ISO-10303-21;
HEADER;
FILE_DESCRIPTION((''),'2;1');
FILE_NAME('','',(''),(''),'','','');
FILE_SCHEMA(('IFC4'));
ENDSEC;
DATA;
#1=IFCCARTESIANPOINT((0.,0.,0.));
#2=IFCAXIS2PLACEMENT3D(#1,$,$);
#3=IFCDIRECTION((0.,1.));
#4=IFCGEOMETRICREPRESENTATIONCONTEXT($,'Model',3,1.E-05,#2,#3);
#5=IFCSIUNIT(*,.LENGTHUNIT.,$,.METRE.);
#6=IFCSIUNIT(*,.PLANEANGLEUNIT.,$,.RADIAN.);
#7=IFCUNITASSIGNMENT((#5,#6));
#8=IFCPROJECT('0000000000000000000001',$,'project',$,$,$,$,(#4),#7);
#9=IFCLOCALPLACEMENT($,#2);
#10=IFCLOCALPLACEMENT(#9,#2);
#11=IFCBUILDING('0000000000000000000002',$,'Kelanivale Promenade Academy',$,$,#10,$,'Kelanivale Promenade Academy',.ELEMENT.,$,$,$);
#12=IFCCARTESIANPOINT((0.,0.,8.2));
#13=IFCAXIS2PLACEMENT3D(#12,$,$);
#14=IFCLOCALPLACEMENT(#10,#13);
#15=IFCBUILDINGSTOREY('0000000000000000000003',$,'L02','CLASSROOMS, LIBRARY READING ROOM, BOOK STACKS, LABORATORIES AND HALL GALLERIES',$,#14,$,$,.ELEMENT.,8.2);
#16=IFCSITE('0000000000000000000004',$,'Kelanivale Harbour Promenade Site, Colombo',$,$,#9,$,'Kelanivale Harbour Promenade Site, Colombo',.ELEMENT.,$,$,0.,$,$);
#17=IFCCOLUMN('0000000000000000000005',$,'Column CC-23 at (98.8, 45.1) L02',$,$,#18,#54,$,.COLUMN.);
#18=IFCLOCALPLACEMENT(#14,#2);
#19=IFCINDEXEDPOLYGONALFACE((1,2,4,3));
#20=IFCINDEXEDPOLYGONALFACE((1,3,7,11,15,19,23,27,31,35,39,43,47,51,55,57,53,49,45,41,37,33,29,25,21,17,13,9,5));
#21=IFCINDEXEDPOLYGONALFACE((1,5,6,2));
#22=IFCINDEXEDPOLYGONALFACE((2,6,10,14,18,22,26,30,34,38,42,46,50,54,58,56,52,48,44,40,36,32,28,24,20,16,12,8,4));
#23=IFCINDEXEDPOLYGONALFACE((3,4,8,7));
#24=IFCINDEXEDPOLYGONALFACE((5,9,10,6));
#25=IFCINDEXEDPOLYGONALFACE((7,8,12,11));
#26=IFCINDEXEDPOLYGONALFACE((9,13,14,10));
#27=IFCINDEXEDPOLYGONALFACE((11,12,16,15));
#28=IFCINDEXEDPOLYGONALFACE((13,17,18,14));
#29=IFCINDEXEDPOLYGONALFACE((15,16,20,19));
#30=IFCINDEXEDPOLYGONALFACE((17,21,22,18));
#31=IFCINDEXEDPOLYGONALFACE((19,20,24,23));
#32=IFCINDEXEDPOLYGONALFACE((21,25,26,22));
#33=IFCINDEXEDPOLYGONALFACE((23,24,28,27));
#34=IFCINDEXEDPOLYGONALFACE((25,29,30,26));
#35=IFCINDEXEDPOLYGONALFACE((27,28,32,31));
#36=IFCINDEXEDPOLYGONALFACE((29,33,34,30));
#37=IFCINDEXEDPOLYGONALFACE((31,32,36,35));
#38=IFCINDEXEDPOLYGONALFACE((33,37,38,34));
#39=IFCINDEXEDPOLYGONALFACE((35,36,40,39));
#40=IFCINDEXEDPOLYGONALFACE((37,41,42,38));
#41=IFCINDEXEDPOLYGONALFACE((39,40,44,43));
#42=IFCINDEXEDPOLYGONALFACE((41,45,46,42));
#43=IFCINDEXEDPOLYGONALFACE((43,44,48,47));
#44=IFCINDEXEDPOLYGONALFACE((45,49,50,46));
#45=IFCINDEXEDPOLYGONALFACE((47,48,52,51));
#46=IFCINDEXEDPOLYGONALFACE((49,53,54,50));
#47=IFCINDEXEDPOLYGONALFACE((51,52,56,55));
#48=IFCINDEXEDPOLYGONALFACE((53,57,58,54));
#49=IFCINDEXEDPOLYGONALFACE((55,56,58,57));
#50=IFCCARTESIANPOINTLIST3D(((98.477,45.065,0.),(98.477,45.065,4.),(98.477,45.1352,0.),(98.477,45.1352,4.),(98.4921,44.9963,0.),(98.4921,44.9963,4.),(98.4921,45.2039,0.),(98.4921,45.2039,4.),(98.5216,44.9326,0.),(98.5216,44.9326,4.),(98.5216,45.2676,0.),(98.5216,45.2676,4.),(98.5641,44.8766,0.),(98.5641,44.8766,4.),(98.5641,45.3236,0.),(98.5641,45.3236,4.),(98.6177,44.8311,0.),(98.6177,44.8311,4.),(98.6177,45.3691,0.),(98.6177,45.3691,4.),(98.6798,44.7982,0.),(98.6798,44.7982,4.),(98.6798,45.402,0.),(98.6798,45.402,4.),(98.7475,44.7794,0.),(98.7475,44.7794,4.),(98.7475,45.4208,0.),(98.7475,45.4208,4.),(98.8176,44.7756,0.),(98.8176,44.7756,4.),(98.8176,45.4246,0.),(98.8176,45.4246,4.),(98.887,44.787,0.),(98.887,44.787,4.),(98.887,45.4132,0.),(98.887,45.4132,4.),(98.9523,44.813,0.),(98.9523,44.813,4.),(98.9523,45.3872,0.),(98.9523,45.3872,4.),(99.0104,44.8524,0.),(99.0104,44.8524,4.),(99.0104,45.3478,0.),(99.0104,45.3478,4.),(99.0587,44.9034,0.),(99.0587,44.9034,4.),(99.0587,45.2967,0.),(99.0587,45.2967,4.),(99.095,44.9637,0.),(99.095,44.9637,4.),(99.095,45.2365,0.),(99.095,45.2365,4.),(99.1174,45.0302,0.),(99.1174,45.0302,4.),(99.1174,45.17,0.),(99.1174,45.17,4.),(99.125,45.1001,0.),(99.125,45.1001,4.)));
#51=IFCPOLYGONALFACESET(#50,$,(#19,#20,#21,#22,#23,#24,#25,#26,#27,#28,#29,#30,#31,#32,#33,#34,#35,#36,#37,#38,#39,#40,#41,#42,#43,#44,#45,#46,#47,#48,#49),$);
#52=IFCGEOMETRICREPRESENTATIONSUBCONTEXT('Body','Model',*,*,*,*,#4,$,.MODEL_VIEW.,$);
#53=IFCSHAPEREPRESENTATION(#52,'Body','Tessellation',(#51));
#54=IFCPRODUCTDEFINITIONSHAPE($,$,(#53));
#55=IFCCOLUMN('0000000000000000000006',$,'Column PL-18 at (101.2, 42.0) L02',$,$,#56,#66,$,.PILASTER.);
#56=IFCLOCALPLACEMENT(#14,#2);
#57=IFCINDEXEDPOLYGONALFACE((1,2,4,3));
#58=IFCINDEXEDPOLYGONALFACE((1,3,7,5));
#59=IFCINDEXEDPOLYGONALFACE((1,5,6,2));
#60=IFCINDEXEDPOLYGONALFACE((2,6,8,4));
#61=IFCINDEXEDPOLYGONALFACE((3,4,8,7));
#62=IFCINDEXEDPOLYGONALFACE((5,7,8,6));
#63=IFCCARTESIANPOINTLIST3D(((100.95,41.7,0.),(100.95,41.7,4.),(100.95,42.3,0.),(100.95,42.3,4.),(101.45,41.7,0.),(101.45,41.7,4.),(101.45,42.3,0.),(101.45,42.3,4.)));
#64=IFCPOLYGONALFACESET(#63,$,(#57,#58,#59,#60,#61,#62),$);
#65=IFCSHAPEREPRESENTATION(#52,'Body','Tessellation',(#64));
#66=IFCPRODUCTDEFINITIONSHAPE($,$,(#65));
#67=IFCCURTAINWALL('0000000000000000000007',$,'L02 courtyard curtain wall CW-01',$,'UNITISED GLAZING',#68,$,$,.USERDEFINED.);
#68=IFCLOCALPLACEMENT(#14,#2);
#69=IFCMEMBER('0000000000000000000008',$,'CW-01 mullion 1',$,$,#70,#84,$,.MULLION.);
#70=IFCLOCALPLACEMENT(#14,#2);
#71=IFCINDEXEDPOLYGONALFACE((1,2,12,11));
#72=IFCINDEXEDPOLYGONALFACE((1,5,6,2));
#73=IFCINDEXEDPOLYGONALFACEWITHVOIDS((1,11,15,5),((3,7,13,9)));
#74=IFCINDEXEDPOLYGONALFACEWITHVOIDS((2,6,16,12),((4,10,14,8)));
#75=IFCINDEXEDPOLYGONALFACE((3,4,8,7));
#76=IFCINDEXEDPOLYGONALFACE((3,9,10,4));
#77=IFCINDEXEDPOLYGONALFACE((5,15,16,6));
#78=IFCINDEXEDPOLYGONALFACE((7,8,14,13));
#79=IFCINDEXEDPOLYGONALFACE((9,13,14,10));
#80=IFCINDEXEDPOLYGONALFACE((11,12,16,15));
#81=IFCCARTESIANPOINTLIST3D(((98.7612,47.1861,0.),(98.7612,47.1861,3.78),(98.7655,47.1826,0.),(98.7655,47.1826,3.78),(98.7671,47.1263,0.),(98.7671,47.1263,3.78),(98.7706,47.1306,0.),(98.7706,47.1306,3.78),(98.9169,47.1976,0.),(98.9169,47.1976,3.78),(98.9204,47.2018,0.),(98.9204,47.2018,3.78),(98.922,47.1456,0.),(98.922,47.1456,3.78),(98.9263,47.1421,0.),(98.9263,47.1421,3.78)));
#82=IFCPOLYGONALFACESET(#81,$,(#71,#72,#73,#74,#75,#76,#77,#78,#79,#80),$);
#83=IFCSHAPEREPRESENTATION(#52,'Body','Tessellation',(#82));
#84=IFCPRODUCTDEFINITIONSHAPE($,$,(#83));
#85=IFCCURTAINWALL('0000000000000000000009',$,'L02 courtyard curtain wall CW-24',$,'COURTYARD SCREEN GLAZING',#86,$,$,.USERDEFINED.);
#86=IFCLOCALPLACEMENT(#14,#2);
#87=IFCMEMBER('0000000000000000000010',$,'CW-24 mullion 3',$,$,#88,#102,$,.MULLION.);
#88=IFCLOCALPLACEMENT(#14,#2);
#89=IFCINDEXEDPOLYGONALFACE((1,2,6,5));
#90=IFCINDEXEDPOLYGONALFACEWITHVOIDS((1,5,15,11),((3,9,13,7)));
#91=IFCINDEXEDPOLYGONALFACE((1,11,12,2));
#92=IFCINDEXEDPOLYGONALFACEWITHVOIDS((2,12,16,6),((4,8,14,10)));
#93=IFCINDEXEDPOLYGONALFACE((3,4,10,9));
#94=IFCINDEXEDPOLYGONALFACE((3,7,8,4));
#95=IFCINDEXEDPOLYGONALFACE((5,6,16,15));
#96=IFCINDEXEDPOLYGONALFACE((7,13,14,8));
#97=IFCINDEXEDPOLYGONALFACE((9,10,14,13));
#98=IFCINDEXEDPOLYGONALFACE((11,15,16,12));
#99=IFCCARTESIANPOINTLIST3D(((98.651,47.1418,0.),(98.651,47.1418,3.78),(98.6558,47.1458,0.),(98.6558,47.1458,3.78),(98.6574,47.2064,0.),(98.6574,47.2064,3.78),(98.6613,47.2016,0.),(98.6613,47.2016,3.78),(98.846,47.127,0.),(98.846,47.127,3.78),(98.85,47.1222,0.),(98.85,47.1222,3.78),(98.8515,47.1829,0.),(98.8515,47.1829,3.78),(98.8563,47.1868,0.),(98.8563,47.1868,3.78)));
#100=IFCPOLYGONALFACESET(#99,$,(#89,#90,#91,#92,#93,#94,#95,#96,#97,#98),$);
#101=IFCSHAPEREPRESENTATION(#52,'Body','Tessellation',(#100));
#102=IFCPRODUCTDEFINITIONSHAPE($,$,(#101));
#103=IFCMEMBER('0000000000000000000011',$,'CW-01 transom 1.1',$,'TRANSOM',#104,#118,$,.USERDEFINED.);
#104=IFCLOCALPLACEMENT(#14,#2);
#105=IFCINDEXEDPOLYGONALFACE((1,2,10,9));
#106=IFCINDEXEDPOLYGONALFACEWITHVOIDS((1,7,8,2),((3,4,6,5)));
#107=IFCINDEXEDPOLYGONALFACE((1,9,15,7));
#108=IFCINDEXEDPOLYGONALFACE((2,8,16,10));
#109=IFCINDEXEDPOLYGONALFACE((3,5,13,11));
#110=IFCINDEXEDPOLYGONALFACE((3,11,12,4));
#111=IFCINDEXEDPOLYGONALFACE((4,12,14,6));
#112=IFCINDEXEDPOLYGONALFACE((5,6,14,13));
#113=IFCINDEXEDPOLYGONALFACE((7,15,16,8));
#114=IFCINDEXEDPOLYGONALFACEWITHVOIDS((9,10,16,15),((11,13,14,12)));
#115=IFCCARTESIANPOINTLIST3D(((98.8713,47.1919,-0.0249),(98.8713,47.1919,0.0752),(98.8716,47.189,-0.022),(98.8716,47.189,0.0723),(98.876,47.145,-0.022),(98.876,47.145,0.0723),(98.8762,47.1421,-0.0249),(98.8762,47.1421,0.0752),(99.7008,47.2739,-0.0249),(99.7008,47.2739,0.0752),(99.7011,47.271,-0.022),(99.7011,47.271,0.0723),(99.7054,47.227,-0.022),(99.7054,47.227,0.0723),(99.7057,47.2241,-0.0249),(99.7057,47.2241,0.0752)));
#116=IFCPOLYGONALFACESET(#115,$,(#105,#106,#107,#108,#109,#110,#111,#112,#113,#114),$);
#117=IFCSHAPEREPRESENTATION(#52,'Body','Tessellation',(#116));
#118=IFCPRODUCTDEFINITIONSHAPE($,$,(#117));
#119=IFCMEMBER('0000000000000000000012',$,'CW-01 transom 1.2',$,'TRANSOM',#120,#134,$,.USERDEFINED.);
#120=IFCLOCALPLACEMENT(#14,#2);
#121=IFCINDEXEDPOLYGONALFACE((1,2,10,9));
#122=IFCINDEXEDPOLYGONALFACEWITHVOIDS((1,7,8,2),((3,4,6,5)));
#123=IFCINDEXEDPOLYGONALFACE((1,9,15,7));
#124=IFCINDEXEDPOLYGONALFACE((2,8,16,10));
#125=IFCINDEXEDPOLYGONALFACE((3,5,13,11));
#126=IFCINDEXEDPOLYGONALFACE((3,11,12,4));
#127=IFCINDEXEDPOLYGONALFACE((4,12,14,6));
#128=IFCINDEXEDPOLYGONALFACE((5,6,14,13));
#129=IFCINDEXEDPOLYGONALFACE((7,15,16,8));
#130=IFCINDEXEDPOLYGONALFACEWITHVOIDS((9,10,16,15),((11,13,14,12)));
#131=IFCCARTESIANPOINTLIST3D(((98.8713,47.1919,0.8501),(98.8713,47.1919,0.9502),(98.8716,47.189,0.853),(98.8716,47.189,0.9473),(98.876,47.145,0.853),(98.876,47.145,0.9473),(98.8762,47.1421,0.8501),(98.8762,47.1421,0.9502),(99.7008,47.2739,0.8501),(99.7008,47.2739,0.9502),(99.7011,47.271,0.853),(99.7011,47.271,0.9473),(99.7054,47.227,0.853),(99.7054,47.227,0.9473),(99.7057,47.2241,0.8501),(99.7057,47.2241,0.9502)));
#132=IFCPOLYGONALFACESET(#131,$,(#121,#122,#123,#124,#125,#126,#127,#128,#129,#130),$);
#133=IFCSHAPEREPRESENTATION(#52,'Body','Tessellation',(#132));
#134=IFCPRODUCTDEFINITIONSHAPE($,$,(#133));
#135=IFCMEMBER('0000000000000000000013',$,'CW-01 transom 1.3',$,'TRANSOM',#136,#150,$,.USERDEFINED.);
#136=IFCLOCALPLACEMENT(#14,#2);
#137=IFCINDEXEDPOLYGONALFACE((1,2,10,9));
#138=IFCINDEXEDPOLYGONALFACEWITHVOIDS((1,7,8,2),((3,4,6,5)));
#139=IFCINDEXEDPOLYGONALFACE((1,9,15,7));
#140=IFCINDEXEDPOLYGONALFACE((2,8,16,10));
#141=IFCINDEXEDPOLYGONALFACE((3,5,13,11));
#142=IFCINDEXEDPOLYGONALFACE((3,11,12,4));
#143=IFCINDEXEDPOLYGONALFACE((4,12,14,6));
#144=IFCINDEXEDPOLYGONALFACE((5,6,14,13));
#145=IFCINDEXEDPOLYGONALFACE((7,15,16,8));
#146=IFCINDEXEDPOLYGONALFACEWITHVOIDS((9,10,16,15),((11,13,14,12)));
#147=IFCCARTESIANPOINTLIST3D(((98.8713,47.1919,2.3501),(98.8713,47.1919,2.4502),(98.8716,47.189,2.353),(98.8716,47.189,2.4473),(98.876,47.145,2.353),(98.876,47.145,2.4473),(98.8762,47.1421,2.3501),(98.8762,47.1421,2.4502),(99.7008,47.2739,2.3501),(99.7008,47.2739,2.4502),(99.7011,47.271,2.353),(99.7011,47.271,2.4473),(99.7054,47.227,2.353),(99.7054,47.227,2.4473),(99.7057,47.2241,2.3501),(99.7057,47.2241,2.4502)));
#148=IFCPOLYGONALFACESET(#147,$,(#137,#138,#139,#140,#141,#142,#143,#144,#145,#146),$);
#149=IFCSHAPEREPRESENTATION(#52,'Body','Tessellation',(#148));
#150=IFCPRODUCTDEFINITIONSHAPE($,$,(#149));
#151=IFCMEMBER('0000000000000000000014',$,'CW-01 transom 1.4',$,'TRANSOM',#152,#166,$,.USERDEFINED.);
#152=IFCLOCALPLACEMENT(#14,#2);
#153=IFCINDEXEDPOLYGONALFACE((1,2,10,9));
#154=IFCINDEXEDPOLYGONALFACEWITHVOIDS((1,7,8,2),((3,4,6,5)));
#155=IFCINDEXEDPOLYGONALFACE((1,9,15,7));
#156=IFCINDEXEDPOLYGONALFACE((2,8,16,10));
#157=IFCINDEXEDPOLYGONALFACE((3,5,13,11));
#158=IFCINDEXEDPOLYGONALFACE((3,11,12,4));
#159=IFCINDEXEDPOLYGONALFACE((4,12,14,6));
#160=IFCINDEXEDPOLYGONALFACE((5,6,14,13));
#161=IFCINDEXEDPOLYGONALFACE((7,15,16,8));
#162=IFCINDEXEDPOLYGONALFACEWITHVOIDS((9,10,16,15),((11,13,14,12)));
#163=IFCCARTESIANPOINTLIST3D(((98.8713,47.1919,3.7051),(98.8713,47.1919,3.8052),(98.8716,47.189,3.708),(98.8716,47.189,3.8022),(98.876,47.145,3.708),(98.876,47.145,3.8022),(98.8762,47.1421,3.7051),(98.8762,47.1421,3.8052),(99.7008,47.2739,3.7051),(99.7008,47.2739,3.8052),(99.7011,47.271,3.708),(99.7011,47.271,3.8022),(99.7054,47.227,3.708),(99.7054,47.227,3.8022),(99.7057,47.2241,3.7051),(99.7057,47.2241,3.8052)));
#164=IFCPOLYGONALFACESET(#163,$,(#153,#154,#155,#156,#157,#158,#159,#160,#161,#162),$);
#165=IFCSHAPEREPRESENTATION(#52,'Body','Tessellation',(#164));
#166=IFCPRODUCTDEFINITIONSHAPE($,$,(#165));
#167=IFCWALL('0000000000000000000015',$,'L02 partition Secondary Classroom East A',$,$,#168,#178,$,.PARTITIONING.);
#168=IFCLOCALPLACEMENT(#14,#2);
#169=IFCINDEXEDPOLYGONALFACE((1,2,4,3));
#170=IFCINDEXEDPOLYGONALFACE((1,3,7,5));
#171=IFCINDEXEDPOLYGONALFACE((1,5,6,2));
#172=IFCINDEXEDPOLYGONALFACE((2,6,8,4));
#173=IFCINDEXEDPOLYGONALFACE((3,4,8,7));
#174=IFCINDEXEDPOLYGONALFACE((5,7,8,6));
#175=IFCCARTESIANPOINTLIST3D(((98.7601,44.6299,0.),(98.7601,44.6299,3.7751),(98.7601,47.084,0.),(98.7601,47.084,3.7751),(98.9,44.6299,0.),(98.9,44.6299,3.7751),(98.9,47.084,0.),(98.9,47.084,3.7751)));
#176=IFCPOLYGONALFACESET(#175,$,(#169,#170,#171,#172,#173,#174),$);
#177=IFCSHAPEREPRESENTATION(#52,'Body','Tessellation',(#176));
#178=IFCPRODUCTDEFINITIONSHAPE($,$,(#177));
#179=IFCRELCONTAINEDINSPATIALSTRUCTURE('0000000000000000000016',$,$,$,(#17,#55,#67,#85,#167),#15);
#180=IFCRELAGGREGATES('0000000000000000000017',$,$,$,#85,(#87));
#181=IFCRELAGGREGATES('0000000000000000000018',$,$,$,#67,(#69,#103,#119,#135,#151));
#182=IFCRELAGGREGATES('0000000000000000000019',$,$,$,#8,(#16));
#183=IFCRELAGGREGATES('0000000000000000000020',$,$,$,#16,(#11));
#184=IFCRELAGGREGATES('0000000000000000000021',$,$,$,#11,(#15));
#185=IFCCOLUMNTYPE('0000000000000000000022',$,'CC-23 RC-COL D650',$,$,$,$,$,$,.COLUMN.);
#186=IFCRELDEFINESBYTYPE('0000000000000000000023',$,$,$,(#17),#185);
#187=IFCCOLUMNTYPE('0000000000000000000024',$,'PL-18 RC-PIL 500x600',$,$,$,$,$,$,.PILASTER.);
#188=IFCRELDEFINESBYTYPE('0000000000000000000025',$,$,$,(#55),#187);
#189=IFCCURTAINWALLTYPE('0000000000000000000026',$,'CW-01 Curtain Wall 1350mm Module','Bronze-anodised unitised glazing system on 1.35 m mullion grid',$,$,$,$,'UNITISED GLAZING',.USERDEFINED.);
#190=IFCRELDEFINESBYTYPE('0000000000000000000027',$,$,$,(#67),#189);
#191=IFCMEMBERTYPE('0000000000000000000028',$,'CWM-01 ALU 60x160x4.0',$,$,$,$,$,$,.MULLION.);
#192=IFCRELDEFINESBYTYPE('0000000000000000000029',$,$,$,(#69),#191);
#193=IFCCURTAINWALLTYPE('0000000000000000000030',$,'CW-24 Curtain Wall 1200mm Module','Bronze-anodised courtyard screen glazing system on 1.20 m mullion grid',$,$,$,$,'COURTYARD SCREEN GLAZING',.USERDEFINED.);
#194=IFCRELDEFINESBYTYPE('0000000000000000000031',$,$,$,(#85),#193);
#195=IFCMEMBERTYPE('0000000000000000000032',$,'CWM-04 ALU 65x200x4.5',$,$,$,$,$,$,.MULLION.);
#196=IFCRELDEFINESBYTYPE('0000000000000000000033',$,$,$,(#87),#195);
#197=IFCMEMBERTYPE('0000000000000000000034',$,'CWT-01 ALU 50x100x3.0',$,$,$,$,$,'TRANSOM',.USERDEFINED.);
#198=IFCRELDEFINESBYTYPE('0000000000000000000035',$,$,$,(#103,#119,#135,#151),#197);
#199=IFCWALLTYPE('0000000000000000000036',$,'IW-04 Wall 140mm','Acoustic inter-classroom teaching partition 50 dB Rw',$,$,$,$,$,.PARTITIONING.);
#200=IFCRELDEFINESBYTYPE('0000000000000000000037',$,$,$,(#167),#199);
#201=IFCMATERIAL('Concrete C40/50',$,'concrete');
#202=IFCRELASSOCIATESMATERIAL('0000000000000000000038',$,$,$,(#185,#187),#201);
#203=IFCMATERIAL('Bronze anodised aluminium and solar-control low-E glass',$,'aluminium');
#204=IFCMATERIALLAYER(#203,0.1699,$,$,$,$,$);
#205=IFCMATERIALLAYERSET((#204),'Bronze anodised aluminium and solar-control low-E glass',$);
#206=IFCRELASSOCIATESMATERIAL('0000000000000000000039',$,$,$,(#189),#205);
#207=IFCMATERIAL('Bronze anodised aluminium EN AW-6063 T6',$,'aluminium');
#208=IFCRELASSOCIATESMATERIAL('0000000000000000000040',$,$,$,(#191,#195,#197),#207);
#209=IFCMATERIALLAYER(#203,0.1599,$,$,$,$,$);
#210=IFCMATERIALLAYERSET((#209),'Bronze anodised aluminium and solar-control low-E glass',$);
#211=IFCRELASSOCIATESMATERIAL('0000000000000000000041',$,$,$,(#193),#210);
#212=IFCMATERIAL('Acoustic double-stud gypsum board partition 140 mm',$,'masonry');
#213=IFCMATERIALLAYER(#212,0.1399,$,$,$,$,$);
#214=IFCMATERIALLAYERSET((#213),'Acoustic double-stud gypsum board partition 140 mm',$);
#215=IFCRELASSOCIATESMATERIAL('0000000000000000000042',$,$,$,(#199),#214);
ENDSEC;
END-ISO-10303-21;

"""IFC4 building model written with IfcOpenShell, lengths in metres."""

from ifc_helpers import new_model, si_unit, direction, frame, frame_2d, origin, origin_2d, place, context, subcontext, project, spatial, rectangle, hollow_rectangle, circle, extrude, material, layer, layer_set, material_profile, profile_set, type_object, element, aggregate, save


model = new_model("IFC4")

# Units and contexts
model_context = context("Model", 3, precision=1e-05, world=origin(), true_north=direction((0.0, 1.0)))
body_context = subcontext(model_context, "Body", "Model", "MODEL_VIEW")
ifc_project = project(units=[si_unit("LENGTHUNIT", "METRE"), si_unit("PLANEANGLEUNIT", "RADIAN")], contexts=[model_context])

# Site, building, storey
site_placement = place(None, origin())
site = spatial("IfcSite", under=ifc_project, at=site_placement, Name="Kelanivale Harbour Promenade Site, Colombo", LongName="Kelanivale Harbour Promenade Site, Colombo", CompositionType="ELEMENT", RefElevation=0.0)
building_placement = place(site_placement, origin())
building = spatial("IfcBuilding", under=site, at=building_placement, Name="Kelanivale Promenade Academy", LongName="Kelanivale Promenade Academy", CompositionType="ELEMENT")
storey_placement = place(building_placement, frame((0.0, 0.0, 8.2)))
storey = spatial("IfcBuildingStorey", under=building, at=storey_placement, Name="L02", Description="CLASSROOMS, LIBRARY READING ROOM, BOOK STACKS, LABORATORIES AND HALL GALLERIES", CompositionType="ELEMENT", Elevation=8.2)

# Columns
ifc_material_1 = material(Name="Concrete C40/50", Category="concrete")
ifc_material_profile_1 = material_profile(ifc_material_1, circle(Radius=0.325, at=origin_2d()), Name="RC-COL D650")
ifc_profile_set_1 = profile_set([ifc_material_profile_1], Name="Concrete C40/50")
column_type_1 = type_object("IfcColumnType", Name="CC-23 RC-COL D650", PredefinedType="COLUMN", material=ifc_profile_set_1)
column_1_placement = place(storey_placement, frame((98.8, 45.1001, 0.0), z_axis=(0.0, 0.0, 1.0), x_axis=(1.0, 0.0, 0.0)))
element("IfcColumn", 1, at=column_1_placement, inside=storey, type_object=column_type_1, Name="Column CC-23 at (98.8, 45.1) L02", PredefinedType="COLUMN", context=body_context, shape_type="SweptSolid", body=[
    extrude(circle(Radius=0.325, at=origin_2d()), origin(), (0.0, 0.0, 1.0), 4.0),
])
ifc_material_profile_2 = material_profile(ifc_material_1, rectangle(XDim=0.5, YDim=0.6001, at=origin_2d()), Name="RC-PIL 500x600")
ifc_profile_set_2 = profile_set([ifc_material_profile_2], Name="Concrete C40/50")
column_type_2 = type_object("IfcColumnType", Name="PL-18 RC-PIL 500x600", PredefinedType="PILASTER", material=ifc_profile_set_2)
column_2_placement = place(storey_placement, frame((101.2, 42.0, 0.0), z_axis=(0.0, 0.0, 1.0), x_axis=(1.0, 0.0, 0.0)))
element("IfcColumn", 2, at=column_2_placement, inside=storey, type_object=column_type_2, Name="Column PL-18 at (101.2, 42.0) L02", PredefinedType="PILASTER", context=body_context, shape_type="SweptSolid", body=[
    extrude(rectangle(XDim=0.5, YDim=0.6001, at=origin_2d()), origin(), (0.0, 0.0, 1.0), 4.0),
])

# Curtain walls, members
ifc_material_2 = material(Name="Bronze anodised aluminium and solar-control low-E glass", Category="aluminium")
ifc_layer_1 = layer(ifc_material_2, 0.1699)
ifc_layer_set_1 = layer_set([ifc_layer_1], Name="Bronze anodised aluminium and solar-control low-E glass")
curtain_wall_type_1 = type_object("IfcCurtainWallType", Name="CW-01 Curtain Wall 1350mm Module", Description="Bronze-anodised unitised glazing system on 1.35 m mullion grid", ElementType="UNITISED GLAZING", PredefinedType="USERDEFINED", material=ifc_layer_set_1)
curtain_wall_1_placement = place(storey_placement, origin())
curtain_wall_1 = element("IfcCurtainWall", 3, at=curtain_wall_1_placement, inside=storey, type_object=curtain_wall_type_1, Name="L02 courtyard curtain wall CW-01", ObjectType="UNITISED GLAZING", PredefinedType="USERDEFINED")
ifc_material_3 = material(Name="Bronze anodised aluminium EN AW-6063 T6", Category="aluminium")
ifc_material_profile_3 = material_profile(ifc_material_3, hollow_rectangle(XDim=0.0601, YDim=0.1599, WallThickness=0.0039, at=origin_2d()), Name="ALU 60x160x4.0")
ifc_profile_set_3 = profile_set([ifc_material_profile_3], Name="Bronze anodised aluminium EN AW-6063 T6")
member_type_1 = type_object("IfcMemberType", Name="CWM-01 ALU 60x160x4.0", PredefinedType="MULLION", material=ifc_profile_set_3)
member_1_placement = place(storey_placement, frame((98.8438, 47.1641, 0.0), z_axis=(0.0, 0.0, 1.0), x_axis=(-0.098539, 0.995133, 0.0)))
member_1 = element("IfcMember", 4, at=member_1_placement, type_object=member_type_1, Name="CW-01 mullion 1", PredefinedType="MULLION", context=body_context, shape_type="SweptSolid", body=[
    extrude(hollow_rectangle(XDim=0.0601, YDim=0.1599, WallThickness=0.0039, at=origin_2d()), origin(), (0.0, 0.0, 1.0), 3.78),
])
ifc_layer_2 = layer(ifc_material_2, 0.1599)
ifc_layer_set_2 = layer_set([ifc_layer_2], Name="Bronze anodised aluminium and solar-control low-E glass")
curtain_wall_type_2 = type_object("IfcCurtainWallType", Name="CW-24 Curtain Wall 1200mm Module", Description="Bronze-anodised courtyard screen glazing system on 1.20 m mullion grid", ElementType="COURTYARD SCREEN GLAZING", PredefinedType="USERDEFINED", material=ifc_layer_set_2)
curtain_wall_2_placement = place(storey_placement, origin())
curtain_wall_2 = element("IfcCurtainWall", 5, at=curtain_wall_2_placement, inside=storey, type_object=curtain_wall_type_2, Name="L02 courtyard curtain wall CW-24", ObjectType="COURTYARD SCREEN GLAZING", PredefinedType="USERDEFINED")
ifc_material_profile_4 = material_profile(ifc_material_3, hollow_rectangle(XDim=0.0649, YDim=0.2, WallThickness=0.0044, at=origin_2d()), Name="ALU 65x200x4.5")
ifc_profile_set_4 = profile_set([ifc_material_profile_4], Name="Bronze anodised aluminium EN AW-6063 T6")
member_type_2 = type_object("IfcMemberType", Name="CWM-04 ALU 65x200x4.5", PredefinedType="MULLION", material=ifc_profile_set_4)
member_2_placement = place(storey_placement, frame((98.7537, 47.1643, 0.0), z_axis=(0.0, 0.0, 1.0), x_axis=(0.098281, 0.995159, 0.0)))
member_2 = element("IfcMember", 6, at=member_2_placement, type_object=member_type_2, Name="CW-24 mullion 3", PredefinedType="MULLION", context=body_context, shape_type="SweptSolid", body=[
    extrude(hollow_rectangle(XDim=0.0649, YDim=0.2, WallThickness=0.0044, at=origin_2d()), origin(), (0.0, 0.0, 1.0), 3.78),
])
aggregate(curtain_wall_2, [member_2])

# Members
ifc_material_profile_5 = material_profile(ifc_material_3, hollow_rectangle(XDim=0.05, YDim=0.1001, WallThickness=0.0029, at=origin_2d()), Name="ALU 50x100x3.0")
ifc_profile_set_5 = profile_set([ifc_material_profile_5], Name="Bronze anodised aluminium EN AW-6063 T6")
member_type_3 = type_object("IfcMemberType", Name="CWT-01 ALU 50x100x3.0", ElementType="TRANSOM", PredefinedType="USERDEFINED", material=ifc_profile_set_5)
member_3_placement = place(storey_placement, frame((98.8738, 47.167, 0.0251), z_axis=(0.995144, 0.09843, 0.0), x_axis=(-0.09843, 0.995144, 0.0)))
member_3 = element("IfcMember", 7, at=member_3_placement, type_object=member_type_3, Name="CW-01 transom 1.1", ObjectType="TRANSOM", PredefinedType="USERDEFINED", context=body_context, shape_type="SweptSolid", body=[
    extrude(hollow_rectangle(XDim=0.05, YDim=0.1001, WallThickness=0.0029, at=origin_2d()), origin(), (0.0, 0.0, 1.0), 0.8335),
])
member_4_placement = place(storey_placement, frame((98.8738, 47.167, 0.9001), z_axis=(0.995144, 0.09843, 0.0), x_axis=(-0.09843, 0.995144, 0.0)))
member_4 = element("IfcMember", 8, at=member_4_placement, type_object=member_type_3, Name="CW-01 transom 1.2", ObjectType="TRANSOM", PredefinedType="USERDEFINED", context=body_context, shape_type="SweptSolid", body=[
    extrude(hollow_rectangle(XDim=0.05, YDim=0.1001, WallThickness=0.0029, at=origin_2d()), origin(), (0.0, 0.0, 1.0), 0.8335),
])
member_5_placement = place(storey_placement, frame((98.8738, 47.167, 2.4001), z_axis=(0.995144, 0.09843, 0.0), x_axis=(-0.09843, 0.995144, 0.0)))
member_5 = element("IfcMember", 9, at=member_5_placement, type_object=member_type_3, Name="CW-01 transom 1.3", ObjectType="TRANSOM", PredefinedType="USERDEFINED", context=body_context, shape_type="SweptSolid", body=[
    extrude(hollow_rectangle(XDim=0.05, YDim=0.1001, WallThickness=0.0029, at=origin_2d()), origin(), (0.0, 0.0, 1.0), 0.8335),
])
member_6_placement = place(storey_placement, frame((98.8738, 47.167, 3.7551), z_axis=(0.995144, 0.09843, 0.0), x_axis=(-0.09843, 0.995144, 0.0)))
member_6 = element("IfcMember", 10, at=member_6_placement, type_object=member_type_3, Name="CW-01 transom 1.4", ObjectType="TRANSOM", PredefinedType="USERDEFINED", context=body_context, shape_type="SweptSolid", body=[
    extrude(hollow_rectangle(XDim=0.05, YDim=0.1001, WallThickness=0.0029, at=origin_2d()), origin(), (0.0, 0.0, 1.0), 0.8335),
])
aggregate(curtain_wall_1, [member_1, member_3, member_4, member_5, member_6])

# Wall
ifc_material_4 = material(Name="Acoustic double-stud gypsum board partition 140 mm", Category="masonry")
ifc_layer_3 = layer(ifc_material_4, 0.1399)
ifc_layer_set_3 = layer_set([ifc_layer_3], Name="Acoustic double-stud gypsum board partition 140 mm")
wall_type = type_object("IfcWallType", Name="IW-04 Wall 140mm", Description="Acoustic inter-classroom teaching partition 50 dB Rw", PredefinedType="PARTITIONING", material=ifc_layer_set_3)
wall_1_placement = place(storey_placement, frame((98.8301, 47.084, 0.0), z_axis=(0.0, 0.0, 1.0), x_axis=(0.0, -1.0, 0.0)))
element("IfcWall", 11, at=wall_1_placement, inside=storey, type_object=wall_type, Name="L02 partition Secondary Classroom East A", PredefinedType="PARTITIONING", context=body_context, shape_type="SweptSolid", body=[
    extrude(rectangle(XDim=2.4541, YDim=0.1399, at=frame_2d((1.2271, 0.0))), origin(), (0.0, 0.0, 1.0), 3.7751),
])

save(model, "model.ifc")
